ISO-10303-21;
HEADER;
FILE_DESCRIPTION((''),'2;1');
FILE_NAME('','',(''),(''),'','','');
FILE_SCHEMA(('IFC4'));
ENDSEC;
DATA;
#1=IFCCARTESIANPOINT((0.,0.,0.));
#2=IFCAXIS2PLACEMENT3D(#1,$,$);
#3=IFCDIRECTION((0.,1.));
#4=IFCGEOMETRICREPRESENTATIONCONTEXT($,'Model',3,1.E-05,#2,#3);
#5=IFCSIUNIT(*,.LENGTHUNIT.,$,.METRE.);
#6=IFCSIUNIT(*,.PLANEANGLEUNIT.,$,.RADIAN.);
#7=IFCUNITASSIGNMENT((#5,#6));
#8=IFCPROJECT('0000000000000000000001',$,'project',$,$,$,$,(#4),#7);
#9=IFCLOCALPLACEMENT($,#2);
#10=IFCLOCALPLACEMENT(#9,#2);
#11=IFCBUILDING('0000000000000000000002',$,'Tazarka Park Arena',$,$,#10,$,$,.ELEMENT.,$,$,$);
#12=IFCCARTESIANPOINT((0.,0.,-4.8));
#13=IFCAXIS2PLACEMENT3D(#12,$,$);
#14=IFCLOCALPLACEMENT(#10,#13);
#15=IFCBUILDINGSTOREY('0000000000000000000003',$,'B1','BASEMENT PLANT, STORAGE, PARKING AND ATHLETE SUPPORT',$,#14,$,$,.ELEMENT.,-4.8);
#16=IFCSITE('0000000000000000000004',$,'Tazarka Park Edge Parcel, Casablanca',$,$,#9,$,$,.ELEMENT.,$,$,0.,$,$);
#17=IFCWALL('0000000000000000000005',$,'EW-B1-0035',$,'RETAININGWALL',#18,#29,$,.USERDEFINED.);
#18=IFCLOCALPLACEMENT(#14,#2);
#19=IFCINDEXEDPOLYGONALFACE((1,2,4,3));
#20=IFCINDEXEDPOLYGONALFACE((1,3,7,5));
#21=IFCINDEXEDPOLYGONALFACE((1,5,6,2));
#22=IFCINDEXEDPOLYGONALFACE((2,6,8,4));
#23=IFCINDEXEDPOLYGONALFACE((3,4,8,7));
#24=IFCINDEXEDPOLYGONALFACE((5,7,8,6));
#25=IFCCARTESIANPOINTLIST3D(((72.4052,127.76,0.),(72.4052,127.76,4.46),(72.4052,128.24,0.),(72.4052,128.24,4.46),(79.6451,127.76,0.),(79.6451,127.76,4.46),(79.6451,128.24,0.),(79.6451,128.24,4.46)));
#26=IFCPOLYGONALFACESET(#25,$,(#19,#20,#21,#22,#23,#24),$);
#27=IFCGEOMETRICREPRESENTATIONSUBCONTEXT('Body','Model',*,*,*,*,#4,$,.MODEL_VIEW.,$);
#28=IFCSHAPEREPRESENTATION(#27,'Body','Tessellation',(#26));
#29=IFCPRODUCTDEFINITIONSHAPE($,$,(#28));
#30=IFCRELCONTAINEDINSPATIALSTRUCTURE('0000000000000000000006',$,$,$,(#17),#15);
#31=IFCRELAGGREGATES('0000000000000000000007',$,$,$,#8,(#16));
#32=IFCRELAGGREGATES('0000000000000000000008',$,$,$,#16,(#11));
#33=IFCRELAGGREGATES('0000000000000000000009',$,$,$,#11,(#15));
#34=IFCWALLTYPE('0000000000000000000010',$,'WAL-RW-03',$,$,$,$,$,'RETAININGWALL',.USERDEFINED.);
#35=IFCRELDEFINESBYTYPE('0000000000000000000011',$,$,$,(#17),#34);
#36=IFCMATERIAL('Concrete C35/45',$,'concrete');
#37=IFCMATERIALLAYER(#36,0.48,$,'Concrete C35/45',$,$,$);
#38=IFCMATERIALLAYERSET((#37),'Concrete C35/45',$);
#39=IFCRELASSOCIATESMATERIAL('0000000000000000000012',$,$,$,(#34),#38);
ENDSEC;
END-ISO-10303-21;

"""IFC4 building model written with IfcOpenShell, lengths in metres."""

from ifc_helpers import new_model, si_unit, direction, frame, frame_2d, origin, place, context, subcontext, project, spatial, rectangle, extrude, material, layer, layer_set, type_object, element, save


model = new_model("IFC4")

# Units and contexts
model_context = context("Model", 3, precision=1e-05, world=origin(), true_north=direction((0.0, 1.0)))
body_context = subcontext(model_context, "Body", "Model", "MODEL_VIEW")
ifc_project = project(units=[si_unit("LENGTHUNIT", "METRE"), si_unit("PLANEANGLEUNIT", "RADIAN")], contexts=[model_context])

# Site, building, storey
site_placement = place(None, origin())
site = spatial("IfcSite", under=ifc_project, at=site_placement, Name="Tazarka Park Edge Parcel, Casablanca", CompositionType="ELEMENT", RefElevation=0.0)
building_placement = place(site_placement, origin())
building = spatial("IfcBuilding", under=site, at=building_placement, Name="Tazarka Park Arena", CompositionType="ELEMENT")
storey_placement = place(building_placement, frame((0.0, 0.0, -4.8)))
storey = spatial("IfcBuildingStorey", under=building, at=storey_placement, Name="B1", Description="BASEMENT PLANT, STORAGE, PARKING AND ATHLETE SUPPORT", CompositionType="ELEMENT", Elevation=-4.8)

# Wall
ifc_material_1 = material(Name="Concrete C35/45", Category="concrete")
ifc_layer_1 = layer(ifc_material_1, 0.48, Name="Concrete C35/45")
ifc_layer_set_1 = layer_set([ifc_layer_1], Name="Concrete C35/45")
wall_type_1 = type_object("IfcWallType", Name="WAL-RW-03", ElementType="RETAININGWALL", PredefinedType="USERDEFINED", material=ifc_layer_set_1)
wall_1_placement = place(storey_placement, frame((72.405, 128.0, 0.0), z_axis=(0.0, 0.0, 1.0), x_axis=(1.0, 0.0, 0.0)))
element("IfcWall", 1, at=wall_1_placement, inside=storey, type_object=wall_type_1, Name="EW-B1-0035", ObjectType="RETAININGWALL", PredefinedType="USERDEFINED", context=body_context, shape_type="SweptSolid", body=[
    extrude(rectangle(XDim=7.24, YDim=0.48, at=frame_2d((3.6201, 0.0))), origin(), (0.0, 0.0, 1.0), 4.46),
])

save(model, "model.ifc")
